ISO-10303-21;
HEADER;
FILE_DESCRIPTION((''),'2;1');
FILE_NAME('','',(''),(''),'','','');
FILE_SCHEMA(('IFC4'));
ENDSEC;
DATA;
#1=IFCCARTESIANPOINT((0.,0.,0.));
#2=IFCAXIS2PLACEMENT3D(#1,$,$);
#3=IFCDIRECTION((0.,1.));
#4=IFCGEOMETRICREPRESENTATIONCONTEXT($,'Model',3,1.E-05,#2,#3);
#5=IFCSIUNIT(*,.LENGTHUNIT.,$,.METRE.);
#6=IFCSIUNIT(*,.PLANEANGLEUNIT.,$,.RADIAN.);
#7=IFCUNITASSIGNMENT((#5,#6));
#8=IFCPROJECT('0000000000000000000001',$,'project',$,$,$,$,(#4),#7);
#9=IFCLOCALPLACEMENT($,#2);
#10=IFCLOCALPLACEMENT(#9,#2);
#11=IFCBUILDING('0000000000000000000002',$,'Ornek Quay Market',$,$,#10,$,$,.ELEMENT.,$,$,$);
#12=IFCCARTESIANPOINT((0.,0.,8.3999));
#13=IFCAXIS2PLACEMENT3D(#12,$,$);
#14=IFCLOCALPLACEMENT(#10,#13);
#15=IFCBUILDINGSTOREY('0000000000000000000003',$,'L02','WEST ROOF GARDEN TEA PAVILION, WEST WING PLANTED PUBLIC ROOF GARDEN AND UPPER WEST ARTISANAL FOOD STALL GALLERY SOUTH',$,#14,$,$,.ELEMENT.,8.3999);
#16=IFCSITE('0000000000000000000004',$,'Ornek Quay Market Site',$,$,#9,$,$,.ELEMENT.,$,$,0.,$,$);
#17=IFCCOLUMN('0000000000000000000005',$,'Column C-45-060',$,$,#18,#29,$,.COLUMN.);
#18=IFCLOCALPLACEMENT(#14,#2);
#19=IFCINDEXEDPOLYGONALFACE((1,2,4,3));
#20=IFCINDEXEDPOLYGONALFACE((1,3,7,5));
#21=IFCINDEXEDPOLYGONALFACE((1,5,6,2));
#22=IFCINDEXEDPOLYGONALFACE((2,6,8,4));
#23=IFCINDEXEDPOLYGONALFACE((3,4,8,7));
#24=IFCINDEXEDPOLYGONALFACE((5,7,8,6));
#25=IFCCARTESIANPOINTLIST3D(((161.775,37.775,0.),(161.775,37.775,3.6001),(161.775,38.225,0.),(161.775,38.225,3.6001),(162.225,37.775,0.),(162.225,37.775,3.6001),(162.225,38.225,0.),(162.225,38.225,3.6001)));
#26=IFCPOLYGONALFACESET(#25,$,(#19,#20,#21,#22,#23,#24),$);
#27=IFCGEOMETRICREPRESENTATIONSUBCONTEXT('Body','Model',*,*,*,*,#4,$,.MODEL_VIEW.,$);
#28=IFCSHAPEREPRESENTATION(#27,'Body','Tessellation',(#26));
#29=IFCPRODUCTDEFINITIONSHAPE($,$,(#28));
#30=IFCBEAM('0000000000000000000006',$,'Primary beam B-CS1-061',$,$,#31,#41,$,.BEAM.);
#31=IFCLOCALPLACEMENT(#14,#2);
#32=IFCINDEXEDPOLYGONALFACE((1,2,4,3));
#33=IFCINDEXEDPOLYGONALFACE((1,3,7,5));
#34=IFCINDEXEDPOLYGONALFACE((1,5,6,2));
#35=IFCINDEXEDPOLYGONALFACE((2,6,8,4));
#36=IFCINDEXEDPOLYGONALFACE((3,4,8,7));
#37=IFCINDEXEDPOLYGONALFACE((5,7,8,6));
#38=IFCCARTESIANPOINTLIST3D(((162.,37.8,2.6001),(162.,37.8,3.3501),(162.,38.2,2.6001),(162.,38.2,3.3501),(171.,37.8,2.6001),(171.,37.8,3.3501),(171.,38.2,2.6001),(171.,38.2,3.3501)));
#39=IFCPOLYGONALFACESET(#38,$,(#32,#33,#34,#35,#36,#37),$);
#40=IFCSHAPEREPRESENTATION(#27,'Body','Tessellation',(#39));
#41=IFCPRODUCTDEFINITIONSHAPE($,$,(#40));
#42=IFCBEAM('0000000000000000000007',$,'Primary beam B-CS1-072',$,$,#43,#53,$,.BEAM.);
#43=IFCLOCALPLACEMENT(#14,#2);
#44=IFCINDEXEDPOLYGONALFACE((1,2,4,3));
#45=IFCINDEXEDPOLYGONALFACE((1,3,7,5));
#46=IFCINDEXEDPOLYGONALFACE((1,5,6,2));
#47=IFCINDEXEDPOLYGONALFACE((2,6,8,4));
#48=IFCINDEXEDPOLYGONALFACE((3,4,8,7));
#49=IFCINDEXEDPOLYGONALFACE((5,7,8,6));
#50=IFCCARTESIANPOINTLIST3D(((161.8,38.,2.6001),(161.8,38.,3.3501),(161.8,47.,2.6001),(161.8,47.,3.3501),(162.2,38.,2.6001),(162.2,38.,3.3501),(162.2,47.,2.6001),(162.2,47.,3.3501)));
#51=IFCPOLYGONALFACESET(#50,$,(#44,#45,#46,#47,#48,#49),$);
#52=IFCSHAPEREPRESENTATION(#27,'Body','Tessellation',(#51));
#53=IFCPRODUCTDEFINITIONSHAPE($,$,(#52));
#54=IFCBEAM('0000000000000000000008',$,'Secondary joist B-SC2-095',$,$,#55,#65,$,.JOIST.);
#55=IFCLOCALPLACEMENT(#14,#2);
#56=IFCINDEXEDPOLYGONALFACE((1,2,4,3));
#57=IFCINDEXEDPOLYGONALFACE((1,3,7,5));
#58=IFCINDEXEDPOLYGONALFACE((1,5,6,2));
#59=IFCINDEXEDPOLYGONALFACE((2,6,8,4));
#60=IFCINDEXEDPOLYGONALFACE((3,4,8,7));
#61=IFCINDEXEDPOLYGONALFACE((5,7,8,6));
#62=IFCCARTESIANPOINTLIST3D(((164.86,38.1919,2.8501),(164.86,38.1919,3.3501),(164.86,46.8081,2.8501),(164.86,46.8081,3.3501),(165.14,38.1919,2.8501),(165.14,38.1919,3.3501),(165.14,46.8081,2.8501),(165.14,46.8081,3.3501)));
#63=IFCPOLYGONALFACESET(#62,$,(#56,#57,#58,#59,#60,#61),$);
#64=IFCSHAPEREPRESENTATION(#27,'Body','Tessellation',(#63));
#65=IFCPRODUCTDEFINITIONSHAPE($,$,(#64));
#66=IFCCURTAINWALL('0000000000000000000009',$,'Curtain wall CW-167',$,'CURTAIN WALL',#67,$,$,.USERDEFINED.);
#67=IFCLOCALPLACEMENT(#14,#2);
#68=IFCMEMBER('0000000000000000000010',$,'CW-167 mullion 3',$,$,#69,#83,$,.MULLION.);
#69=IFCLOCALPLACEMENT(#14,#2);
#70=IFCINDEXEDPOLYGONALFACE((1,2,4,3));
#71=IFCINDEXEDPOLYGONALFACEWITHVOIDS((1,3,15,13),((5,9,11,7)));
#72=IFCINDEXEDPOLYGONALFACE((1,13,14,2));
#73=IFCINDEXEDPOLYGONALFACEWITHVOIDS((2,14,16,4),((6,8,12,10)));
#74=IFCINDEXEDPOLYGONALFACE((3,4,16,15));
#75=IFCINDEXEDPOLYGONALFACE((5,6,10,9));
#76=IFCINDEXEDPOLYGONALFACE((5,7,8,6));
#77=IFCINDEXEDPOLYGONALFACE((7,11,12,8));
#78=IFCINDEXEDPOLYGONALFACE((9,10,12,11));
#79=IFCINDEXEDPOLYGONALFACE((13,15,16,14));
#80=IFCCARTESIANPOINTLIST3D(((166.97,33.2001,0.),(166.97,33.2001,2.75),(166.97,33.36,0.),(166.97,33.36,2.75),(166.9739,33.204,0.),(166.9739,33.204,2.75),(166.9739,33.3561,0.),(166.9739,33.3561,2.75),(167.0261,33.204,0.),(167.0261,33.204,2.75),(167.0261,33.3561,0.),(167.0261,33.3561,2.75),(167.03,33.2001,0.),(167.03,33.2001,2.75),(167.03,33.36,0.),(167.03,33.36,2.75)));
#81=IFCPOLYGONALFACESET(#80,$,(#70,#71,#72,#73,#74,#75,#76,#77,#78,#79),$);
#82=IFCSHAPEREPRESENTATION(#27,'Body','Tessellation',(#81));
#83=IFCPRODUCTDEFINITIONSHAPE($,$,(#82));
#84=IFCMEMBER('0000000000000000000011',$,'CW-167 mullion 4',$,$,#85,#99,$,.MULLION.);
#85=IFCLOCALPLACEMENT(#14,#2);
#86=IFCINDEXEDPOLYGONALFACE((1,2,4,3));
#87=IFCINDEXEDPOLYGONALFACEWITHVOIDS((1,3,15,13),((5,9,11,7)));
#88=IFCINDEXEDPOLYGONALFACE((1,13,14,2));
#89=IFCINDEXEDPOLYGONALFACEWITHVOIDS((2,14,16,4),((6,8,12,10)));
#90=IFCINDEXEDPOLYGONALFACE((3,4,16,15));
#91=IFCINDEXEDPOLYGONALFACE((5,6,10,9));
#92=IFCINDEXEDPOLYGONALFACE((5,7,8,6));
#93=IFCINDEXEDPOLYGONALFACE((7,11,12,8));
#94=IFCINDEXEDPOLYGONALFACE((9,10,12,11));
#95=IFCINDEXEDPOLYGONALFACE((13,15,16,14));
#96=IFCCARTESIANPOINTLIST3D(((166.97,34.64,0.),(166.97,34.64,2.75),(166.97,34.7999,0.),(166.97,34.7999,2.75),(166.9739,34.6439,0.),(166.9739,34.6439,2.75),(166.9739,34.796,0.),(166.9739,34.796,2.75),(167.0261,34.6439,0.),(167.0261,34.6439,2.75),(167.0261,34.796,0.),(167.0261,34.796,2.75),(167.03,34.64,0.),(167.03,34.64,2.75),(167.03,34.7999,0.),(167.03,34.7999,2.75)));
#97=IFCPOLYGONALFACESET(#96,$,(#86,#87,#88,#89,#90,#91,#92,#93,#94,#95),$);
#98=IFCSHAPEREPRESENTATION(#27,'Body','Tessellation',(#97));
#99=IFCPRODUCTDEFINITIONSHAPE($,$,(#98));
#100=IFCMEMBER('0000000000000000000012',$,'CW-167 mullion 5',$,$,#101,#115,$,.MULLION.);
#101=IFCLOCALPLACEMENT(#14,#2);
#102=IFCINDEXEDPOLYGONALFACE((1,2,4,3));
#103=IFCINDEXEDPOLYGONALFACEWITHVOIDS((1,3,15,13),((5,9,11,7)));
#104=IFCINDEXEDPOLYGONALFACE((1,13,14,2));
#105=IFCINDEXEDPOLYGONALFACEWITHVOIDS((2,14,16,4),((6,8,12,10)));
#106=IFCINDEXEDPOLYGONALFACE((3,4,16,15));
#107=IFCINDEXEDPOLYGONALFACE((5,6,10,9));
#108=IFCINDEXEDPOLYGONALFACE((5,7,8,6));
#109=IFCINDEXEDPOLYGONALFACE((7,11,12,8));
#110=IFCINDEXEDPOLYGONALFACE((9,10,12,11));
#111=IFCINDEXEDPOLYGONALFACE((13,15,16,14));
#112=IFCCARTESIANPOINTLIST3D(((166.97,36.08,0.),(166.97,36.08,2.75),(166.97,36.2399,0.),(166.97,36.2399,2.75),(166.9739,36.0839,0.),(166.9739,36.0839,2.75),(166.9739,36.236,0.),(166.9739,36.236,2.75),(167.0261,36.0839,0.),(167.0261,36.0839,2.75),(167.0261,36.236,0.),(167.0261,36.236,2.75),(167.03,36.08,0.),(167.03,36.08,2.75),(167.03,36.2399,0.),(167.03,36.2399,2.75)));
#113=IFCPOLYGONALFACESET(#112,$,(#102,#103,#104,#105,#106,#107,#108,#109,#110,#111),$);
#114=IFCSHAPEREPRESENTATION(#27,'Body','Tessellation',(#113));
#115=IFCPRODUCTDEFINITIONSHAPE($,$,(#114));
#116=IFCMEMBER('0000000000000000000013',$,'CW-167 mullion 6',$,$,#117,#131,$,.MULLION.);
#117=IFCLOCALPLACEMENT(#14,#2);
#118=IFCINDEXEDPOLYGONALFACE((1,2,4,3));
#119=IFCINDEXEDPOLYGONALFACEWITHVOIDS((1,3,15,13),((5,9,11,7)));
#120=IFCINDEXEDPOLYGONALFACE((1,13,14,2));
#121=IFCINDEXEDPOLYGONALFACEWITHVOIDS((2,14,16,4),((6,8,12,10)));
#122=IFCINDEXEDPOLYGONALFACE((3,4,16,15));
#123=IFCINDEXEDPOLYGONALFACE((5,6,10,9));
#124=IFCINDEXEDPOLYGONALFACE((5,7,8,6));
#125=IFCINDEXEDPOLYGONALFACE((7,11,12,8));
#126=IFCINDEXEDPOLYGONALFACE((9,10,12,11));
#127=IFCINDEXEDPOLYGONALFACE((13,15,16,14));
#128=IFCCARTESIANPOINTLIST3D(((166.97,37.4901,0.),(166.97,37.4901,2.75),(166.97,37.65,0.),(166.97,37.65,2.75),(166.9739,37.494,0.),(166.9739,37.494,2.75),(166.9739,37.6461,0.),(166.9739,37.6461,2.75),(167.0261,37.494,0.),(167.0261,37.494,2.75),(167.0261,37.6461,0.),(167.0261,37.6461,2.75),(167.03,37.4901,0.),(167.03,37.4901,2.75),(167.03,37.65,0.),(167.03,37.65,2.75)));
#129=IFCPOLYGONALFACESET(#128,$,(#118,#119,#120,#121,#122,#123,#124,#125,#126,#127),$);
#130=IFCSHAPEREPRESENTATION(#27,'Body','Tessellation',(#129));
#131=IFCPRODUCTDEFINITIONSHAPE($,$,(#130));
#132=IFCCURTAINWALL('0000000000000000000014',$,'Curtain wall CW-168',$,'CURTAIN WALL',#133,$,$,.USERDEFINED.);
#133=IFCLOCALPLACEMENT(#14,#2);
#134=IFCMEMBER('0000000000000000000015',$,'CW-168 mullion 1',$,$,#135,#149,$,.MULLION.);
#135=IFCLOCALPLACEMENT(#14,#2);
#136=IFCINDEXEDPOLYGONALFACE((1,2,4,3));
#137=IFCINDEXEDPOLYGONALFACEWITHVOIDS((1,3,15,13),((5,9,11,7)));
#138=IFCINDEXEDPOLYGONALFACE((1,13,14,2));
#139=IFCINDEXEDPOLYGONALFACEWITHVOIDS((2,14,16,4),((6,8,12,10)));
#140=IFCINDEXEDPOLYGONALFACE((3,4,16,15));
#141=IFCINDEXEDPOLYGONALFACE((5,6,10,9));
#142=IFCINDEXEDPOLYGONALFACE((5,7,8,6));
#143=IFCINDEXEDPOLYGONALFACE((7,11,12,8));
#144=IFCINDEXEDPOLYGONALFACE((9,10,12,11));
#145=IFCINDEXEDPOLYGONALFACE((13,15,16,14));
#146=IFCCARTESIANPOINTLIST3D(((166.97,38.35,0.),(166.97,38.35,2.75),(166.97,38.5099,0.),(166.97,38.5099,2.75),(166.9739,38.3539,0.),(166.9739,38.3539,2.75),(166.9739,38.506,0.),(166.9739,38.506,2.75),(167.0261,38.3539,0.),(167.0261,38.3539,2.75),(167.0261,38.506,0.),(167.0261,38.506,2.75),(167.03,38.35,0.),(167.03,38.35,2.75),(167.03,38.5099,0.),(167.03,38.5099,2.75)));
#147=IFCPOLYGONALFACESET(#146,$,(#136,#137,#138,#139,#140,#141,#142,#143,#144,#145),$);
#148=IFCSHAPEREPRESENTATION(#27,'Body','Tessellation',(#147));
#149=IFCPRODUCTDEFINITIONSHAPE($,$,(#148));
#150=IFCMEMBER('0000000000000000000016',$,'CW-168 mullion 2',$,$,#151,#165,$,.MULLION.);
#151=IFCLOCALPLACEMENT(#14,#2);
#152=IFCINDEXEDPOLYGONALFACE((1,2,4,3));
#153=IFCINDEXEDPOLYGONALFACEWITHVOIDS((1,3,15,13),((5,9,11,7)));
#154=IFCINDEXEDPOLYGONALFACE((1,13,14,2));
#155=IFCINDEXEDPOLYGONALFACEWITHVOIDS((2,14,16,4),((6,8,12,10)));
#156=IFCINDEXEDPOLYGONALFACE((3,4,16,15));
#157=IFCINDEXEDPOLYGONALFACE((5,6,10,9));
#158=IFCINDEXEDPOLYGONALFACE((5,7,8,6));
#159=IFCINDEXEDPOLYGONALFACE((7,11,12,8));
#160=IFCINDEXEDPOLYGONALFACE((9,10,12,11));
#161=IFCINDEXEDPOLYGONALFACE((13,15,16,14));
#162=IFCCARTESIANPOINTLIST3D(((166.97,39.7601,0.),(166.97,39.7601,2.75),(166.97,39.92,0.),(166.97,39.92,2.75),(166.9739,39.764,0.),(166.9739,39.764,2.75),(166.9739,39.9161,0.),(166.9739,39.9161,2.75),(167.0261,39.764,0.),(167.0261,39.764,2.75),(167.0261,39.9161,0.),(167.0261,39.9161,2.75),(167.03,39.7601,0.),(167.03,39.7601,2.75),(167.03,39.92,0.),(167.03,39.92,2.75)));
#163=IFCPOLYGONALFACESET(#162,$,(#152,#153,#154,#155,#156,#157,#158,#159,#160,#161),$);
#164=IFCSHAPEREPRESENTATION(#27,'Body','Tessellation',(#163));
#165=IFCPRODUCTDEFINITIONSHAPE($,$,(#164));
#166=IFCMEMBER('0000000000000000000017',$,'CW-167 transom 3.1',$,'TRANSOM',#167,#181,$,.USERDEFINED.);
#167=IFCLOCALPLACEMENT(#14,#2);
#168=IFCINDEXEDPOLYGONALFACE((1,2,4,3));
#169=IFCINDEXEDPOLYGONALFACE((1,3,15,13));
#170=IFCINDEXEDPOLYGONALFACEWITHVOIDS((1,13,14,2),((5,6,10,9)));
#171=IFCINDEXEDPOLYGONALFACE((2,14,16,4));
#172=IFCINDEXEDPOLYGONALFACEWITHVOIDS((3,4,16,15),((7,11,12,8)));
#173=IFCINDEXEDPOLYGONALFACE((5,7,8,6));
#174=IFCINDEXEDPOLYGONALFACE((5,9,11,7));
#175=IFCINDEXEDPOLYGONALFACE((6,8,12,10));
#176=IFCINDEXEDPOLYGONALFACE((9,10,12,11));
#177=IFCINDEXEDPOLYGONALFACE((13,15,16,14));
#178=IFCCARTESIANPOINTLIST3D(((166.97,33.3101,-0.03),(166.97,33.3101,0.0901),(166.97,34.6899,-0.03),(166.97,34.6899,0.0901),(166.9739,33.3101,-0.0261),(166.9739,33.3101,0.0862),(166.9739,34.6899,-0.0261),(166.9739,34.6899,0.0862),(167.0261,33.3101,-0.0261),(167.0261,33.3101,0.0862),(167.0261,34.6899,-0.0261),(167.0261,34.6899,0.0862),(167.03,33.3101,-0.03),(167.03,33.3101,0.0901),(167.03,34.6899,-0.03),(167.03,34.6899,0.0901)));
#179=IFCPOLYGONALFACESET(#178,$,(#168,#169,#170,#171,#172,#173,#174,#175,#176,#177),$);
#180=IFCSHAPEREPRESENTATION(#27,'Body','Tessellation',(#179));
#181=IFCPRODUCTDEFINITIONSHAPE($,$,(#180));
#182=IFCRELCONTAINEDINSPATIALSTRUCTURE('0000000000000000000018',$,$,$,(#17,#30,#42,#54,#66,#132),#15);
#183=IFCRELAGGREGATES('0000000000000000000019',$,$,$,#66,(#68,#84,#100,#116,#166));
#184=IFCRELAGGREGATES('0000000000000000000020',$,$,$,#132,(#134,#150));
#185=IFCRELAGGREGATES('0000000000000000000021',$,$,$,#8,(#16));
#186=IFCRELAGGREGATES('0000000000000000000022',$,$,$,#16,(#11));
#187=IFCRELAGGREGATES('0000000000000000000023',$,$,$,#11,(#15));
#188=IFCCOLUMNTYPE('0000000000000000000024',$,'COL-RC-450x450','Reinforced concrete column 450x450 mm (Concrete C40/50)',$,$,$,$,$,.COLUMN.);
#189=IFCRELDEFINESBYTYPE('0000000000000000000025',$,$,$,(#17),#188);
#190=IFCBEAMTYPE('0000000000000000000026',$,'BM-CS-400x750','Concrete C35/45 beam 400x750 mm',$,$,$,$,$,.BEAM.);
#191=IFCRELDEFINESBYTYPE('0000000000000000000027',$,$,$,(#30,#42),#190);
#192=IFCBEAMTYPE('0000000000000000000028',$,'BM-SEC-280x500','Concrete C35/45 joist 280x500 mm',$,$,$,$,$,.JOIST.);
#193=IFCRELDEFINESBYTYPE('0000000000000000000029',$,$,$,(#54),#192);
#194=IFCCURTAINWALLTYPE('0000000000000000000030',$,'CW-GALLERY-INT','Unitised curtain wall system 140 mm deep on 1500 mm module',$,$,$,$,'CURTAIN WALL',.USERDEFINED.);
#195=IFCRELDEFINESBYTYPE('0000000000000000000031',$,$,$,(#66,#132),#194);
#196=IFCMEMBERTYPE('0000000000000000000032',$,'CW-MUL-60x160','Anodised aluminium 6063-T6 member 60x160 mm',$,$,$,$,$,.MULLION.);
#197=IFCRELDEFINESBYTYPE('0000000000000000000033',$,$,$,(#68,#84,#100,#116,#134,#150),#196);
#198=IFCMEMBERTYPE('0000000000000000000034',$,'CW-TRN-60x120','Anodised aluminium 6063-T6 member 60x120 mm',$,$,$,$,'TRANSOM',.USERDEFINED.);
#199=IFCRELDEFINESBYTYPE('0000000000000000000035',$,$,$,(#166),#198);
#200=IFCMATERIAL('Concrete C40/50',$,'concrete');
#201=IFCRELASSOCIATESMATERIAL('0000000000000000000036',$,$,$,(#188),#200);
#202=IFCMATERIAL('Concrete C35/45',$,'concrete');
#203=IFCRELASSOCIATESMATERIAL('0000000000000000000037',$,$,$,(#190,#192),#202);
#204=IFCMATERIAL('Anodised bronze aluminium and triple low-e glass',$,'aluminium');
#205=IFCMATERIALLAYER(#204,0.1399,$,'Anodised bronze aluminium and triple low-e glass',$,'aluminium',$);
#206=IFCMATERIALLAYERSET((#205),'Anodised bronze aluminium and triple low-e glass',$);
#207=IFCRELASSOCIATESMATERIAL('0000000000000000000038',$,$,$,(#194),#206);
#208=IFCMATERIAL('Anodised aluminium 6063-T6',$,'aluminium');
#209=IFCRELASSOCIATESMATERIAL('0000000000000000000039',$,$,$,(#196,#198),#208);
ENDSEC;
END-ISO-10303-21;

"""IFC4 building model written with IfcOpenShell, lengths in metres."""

from ifc_helpers import new_model, si_unit, direction, frame, origin, origin_2d, place, context, subcontext, project, spatial, rectangle, hollow_rectangle, extrude, material, layer, layer_set, material_profile, profile_set, type_object, element, aggregate, save


model = new_model("IFC4")

# Units and contexts
model_context = context("Model", 3, precision=1e-05, world=origin(), true_north=direction((0.0, 1.0)))
body_context = subcontext(model_context, "Body", "Model", "MODEL_VIEW")
ifc_project = project(units=[si_unit("LENGTHUNIT", "METRE"), si_unit("PLANEANGLEUNIT", "RADIAN")], contexts=[model_context])

# Site, building, storey
site_placement = place(None, origin())
site = spatial("IfcSite", under=ifc_project, at=site_placement, Name="Ornek Quay Market Site", CompositionType="ELEMENT", RefElevation=0.0)
building_placement = place(site_placement, origin())
building = spatial("IfcBuilding", under=site, at=building_placement, Name="Ornek Quay Market", CompositionType="ELEMENT")
storey_placement = place(building_placement, frame((0.0, 0.0, 8.3999)))
storey = spatial("IfcBuildingStorey", under=building, at=storey_placement, Name="L02", Description="WEST ROOF GARDEN TEA PAVILION, WEST WING PLANTED PUBLIC ROOF GARDEN AND UPPER WEST ARTISANAL FOOD STALL GALLERY SOUTH", CompositionType="ELEMENT", Elevation=8.3999)

# Column
ifc_material_1 = material(Name="Concrete C40/50", Category="concrete")
ifc_material_profile_1 = material_profile(ifc_material_1, rectangle(XDim=0.45, YDim=0.45, at=origin_2d()), Name="RC 450x450", Category="concrete")
ifc_profile_set_1 = profile_set([ifc_material_profile_1], Name="Concrete C40/50")
column_type = type_object("IfcColumnType", Name="COL-RC-450x450", Description="Reinforced concrete column 450x450 mm (Concrete C40/50)", PredefinedType="COLUMN", material=ifc_profile_set_1)
column_placement = place(storey_placement, frame((162.0, 38.0, 0.0), z_axis=(0.0, 0.0, 1.0), x_axis=(1.0, 0.0, 0.0)))
element("IfcColumn", 1, at=column_placement, inside=storey, type_object=column_type, Name="Column C-45-060", PredefinedType="COLUMN", context=body_context, shape_type="SweptSolid", body=[
    extrude(rectangle(XDim=0.45, YDim=0.45, at=origin_2d()), origin(), (0.0, 0.0, 1.0), 3.6001),
])

# Beams
ifc_material_2 = material(Name="Concrete C35/45", Category="concrete")
ifc_material_profile_2 = material_profile(ifc_material_2, rectangle(XDim=0.3999, YDim=0.75, at=origin_2d()), Name="RC 400x750", Category="concrete")
ifc_profile_set_2 = profile_set([ifc_material_profile_2], Name="Concrete C35/45")
beam_type_1 = type_object("IfcBeamType", Name="BM-CS-400x750", Description="Concrete C35/45 beam 400x750 mm", PredefinedType="BEAM", material=ifc_profile_set_2)
for number, where, z_axis, x_axis, name in (
    (2, (162.0, 38.0, 2.9751), (1.0, 0.0, 0.0), (0.0, 1.0, 0.0), "Primary beam B-CS1-061"),
    (3, (162.0, 38.0, 2.9751), (0.0, 1.0, 0.0), (-1.0, 0.0, 0.0), "Primary beam B-CS1-072"),
):
    element("IfcBeam", number, at=place(storey_placement, frame(where, z_axis=z_axis, x_axis=x_axis)), inside=storey, type_object=beam_type_1, Name=name, PredefinedType="BEAM", context=body_context, shape_type="SweptSolid", body=[
        extrude(rectangle(XDim=0.3999, YDim=0.75, at=origin_2d()), origin(), (0.0, 0.0, 1.0), 9.0),
    ])
ifc_material_profile_3 = material_profile(ifc_material_2, rectangle(XDim=0.28, YDim=0.5, at=origin_2d()), Name="RC 280x500", Category="concrete")
ifc_profile_set_3 = profile_set([ifc_material_profile_3], Name="Concrete C35/45")
beam_type_2 = type_object("IfcBeamType", Name="BM-SEC-280x500", Description="Concrete C35/45 joist 280x500 mm", PredefinedType="JOIST", material=ifc_profile_set_3)
beam_placement = place(storey_placement, frame((165.0, 38.1919, 3.1001), z_axis=(0.0, 1.0, 0.0), x_axis=(-1.0, 0.0, 0.0)))
element("IfcBeam", 4, at=beam_placement, inside=storey, type_object=beam_type_2, Name="Secondary joist B-SC2-095", PredefinedType="JOIST", context=body_context, shape_type="SweptSolid", body=[
    extrude(rectangle(XDim=0.28, YDim=0.5, at=origin_2d()), origin(), (0.0, 0.0, 1.0), 8.6162),
])

# Curtain walls, members
ifc_material_3 = material(Name="Anodised bronze aluminium and triple low-e glass", Category="aluminium")
ifc_layer_1 = layer(ifc_material_3, 0.1399, Name="Anodised bronze aluminium and triple low-e glass", Category="aluminium")
ifc_layer_set_1 = layer_set([ifc_layer_1], Name="Anodised bronze aluminium and triple low-e glass")
curtain_wall_type = type_object("IfcCurtainWallType", Name="CW-GALLERY-INT", Description="Unitised curtain wall system 140 mm deep on 1500 mm module", ElementType="CURTAIN WALL", PredefinedType="USERDEFINED", material=ifc_layer_set_1)
curtain_wall_1_placement = place(storey_placement, origin())
curtain_wall_1 = element("IfcCurtainWall", 5, at=curtain_wall_1_placement, inside=storey, type_object=curtain_wall_type, Name="Curtain wall CW-167", ObjectType="CURTAIN WALL", PredefinedType="USERDEFINED")
ifc_material_4 = material(Name="Anodised aluminium 6063-T6", Category="aluminium")
ifc_material_profile_4 = material_profile(ifc_material_4, hollow_rectangle(XDim=0.0601, YDim=0.1599, WallThickness=0.0039, at=origin_2d()), Name="CW-MUL-60x160", Category="aluminium")
ifc_profile_set_4 = profile_set([ifc_material_profile_4], Name="Anodised aluminium 6063-T6")
member_type_1 = type_object("IfcMemberType", Name="CW-MUL-60x160", Description="Anodised aluminium 6063-T6 member 60x160 mm", PredefinedType="MULLION", material=ifc_profile_set_4)
member_1_placement = place(storey_placement, frame((167.0, 33.28, 0.0), z_axis=(0.0, 0.0, 1.0), x_axis=(-1.0, 0.0, 0.0)))
member_1 = element("IfcMember", 6, at=member_1_placement, type_object=member_type_1, Name="CW-167 mullion 3", PredefinedType="MULLION", context=body_context, shape_type="SweptSolid", body=[
    extrude(hollow_rectangle(XDim=0.0601, YDim=0.1599, WallThickness=0.0039, at=origin_2d()), origin(), (0.0, 0.0, 1.0), 2.75),
])
member_2_placement = place(storey_placement, frame((167.0, 34.72, 0.0), z_axis=(0.0, 0.0, 1.0), x_axis=(-1.0, 0.0, 0.0)))
member_2 = element("IfcMember", 7, at=member_2_placement, type_object=member_type_1, Name="CW-167 mullion 4", PredefinedType="MULLION", context=body_context, shape_type="SweptSolid", body=[
    extrude(hollow_rectangle(XDim=0.0601, YDim=0.1599, WallThickness=0.0039, at=origin_2d()), origin(), (0.0, 0.0, 1.0), 2.75),
])
member_3_placement = place(storey_placement, frame((167.0, 36.1599, 0.0), z_axis=(0.0, 0.0, 1.0), x_axis=(-1.0, 0.0, 0.0)))
member_3 = element("IfcMember", 8, at=member_3_placement, type_object=member_type_1, Name="CW-167 mullion 5", PredefinedType="MULLION", context=body_context, shape_type="SweptSolid", body=[
    extrude(hollow_rectangle(XDim=0.0601, YDim=0.1599, WallThickness=0.0039, at=origin_2d()), origin(), (0.0, 0.0, 1.0), 2.75),
])
member_4_placement = place(storey_placement, frame((167.0, 37.5701, 0.0), z_axis=(0.0, 0.0, 1.0), x_axis=(-1.0, 0.0, 0.0)))
member_4 = element("IfcMember", 9, at=member_4_placement, type_object=member_type_1, Name="CW-167 mullion 6", PredefinedType="MULLION", context=body_context, shape_type="SweptSolid", body=[
    extrude(hollow_rectangle(XDim=0.0601, YDim=0.1599, WallThickness=0.0039, at=origin_2d()), origin(), (0.0, 0.0, 1.0), 2.75),
])
curtain_wall_2_placement = place(storey_placement, origin())
curtain_wall_2 = element("IfcCurtainWall", 10, at=curtain_wall_2_placement, inside=storey, type_object=curtain_wall_type, Name="Curtain wall CW-168", ObjectType="CURTAIN WALL", PredefinedType="USERDEFINED")
member_5_placement = place(storey_placement, frame((167.0, 38.4299, 0.0), z_axis=(0.0, 0.0, 1.0), x_axis=(-1.0, 0.0, 0.0)))
member_5 = element("IfcMember", 11, at=member_5_placement, type_object=member_type_1, Name="CW-168 mullion 1", PredefinedType="MULLION", context=body_context, shape_type="SweptSolid", body=[
    extrude(hollow_rectangle(XDim=0.0601, YDim=0.1599, WallThickness=0.0039, at=origin_2d()), origin(), (0.0, 0.0, 1.0), 2.75),
])
member_6_placement = place(storey_placement, frame((167.0, 39.8401, 0.0), z_axis=(0.0, 0.0, 1.0), x_axis=(-1.0, 0.0, 0.0)))
member_6 = element("IfcMember", 12, at=member_6_placement, type_object=member_type_1, Name="CW-168 mullion 2", PredefinedType="MULLION", context=body_context, shape_type="SweptSolid", body=[
    extrude(hollow_rectangle(XDim=0.0601, YDim=0.1599, WallThickness=0.0039, at=origin_2d()), origin(), (0.0, 0.0, 1.0), 2.75),
])

# Member
ifc_material_profile_5 = material_profile(ifc_material_4, hollow_rectangle(XDim=0.0601, YDim=0.1201, WallThickness=0.0039, at=origin_2d()), Name="CW-TRN-60x120", Category="aluminium")
ifc_profile_set_5 = profile_set([ifc_material_profile_5], Name="Anodised aluminium 6063-T6")
member_type_2 = type_object("IfcMemberType", Name="CW-TRN-60x120", Description="Anodised aluminium 6063-T6 member 60x120 mm", ElementType="TRANSOM", PredefinedType="USERDEFINED", material=ifc_profile_set_5)
member_7_placement = place(storey_placement, frame((167.0, 33.3101, 0.03), z_axis=(0.0, 1.0, 0.0), x_axis=(-1.0, 0.0, 0.0)))
member_7 = element("IfcMember", 13, at=member_7_placement, type_object=member_type_2, Name="CW-167 transom 3.1", ObjectType="TRANSOM", PredefinedType="USERDEFINED", context=body_context, shape_type="SweptSolid", body=[
    extrude(hollow_rectangle(XDim=0.0601, YDim=0.1201, WallThickness=0.0039, at=origin_2d()), origin(), (0.0, 0.0, 1.0), 1.3799),
])

aggregate(curtain_wall_1, [member_1, member_2, member_3, member_4, member_7])
aggregate(curtain_wall_2, [member_5, member_6])

save(model, "model.ifc")
